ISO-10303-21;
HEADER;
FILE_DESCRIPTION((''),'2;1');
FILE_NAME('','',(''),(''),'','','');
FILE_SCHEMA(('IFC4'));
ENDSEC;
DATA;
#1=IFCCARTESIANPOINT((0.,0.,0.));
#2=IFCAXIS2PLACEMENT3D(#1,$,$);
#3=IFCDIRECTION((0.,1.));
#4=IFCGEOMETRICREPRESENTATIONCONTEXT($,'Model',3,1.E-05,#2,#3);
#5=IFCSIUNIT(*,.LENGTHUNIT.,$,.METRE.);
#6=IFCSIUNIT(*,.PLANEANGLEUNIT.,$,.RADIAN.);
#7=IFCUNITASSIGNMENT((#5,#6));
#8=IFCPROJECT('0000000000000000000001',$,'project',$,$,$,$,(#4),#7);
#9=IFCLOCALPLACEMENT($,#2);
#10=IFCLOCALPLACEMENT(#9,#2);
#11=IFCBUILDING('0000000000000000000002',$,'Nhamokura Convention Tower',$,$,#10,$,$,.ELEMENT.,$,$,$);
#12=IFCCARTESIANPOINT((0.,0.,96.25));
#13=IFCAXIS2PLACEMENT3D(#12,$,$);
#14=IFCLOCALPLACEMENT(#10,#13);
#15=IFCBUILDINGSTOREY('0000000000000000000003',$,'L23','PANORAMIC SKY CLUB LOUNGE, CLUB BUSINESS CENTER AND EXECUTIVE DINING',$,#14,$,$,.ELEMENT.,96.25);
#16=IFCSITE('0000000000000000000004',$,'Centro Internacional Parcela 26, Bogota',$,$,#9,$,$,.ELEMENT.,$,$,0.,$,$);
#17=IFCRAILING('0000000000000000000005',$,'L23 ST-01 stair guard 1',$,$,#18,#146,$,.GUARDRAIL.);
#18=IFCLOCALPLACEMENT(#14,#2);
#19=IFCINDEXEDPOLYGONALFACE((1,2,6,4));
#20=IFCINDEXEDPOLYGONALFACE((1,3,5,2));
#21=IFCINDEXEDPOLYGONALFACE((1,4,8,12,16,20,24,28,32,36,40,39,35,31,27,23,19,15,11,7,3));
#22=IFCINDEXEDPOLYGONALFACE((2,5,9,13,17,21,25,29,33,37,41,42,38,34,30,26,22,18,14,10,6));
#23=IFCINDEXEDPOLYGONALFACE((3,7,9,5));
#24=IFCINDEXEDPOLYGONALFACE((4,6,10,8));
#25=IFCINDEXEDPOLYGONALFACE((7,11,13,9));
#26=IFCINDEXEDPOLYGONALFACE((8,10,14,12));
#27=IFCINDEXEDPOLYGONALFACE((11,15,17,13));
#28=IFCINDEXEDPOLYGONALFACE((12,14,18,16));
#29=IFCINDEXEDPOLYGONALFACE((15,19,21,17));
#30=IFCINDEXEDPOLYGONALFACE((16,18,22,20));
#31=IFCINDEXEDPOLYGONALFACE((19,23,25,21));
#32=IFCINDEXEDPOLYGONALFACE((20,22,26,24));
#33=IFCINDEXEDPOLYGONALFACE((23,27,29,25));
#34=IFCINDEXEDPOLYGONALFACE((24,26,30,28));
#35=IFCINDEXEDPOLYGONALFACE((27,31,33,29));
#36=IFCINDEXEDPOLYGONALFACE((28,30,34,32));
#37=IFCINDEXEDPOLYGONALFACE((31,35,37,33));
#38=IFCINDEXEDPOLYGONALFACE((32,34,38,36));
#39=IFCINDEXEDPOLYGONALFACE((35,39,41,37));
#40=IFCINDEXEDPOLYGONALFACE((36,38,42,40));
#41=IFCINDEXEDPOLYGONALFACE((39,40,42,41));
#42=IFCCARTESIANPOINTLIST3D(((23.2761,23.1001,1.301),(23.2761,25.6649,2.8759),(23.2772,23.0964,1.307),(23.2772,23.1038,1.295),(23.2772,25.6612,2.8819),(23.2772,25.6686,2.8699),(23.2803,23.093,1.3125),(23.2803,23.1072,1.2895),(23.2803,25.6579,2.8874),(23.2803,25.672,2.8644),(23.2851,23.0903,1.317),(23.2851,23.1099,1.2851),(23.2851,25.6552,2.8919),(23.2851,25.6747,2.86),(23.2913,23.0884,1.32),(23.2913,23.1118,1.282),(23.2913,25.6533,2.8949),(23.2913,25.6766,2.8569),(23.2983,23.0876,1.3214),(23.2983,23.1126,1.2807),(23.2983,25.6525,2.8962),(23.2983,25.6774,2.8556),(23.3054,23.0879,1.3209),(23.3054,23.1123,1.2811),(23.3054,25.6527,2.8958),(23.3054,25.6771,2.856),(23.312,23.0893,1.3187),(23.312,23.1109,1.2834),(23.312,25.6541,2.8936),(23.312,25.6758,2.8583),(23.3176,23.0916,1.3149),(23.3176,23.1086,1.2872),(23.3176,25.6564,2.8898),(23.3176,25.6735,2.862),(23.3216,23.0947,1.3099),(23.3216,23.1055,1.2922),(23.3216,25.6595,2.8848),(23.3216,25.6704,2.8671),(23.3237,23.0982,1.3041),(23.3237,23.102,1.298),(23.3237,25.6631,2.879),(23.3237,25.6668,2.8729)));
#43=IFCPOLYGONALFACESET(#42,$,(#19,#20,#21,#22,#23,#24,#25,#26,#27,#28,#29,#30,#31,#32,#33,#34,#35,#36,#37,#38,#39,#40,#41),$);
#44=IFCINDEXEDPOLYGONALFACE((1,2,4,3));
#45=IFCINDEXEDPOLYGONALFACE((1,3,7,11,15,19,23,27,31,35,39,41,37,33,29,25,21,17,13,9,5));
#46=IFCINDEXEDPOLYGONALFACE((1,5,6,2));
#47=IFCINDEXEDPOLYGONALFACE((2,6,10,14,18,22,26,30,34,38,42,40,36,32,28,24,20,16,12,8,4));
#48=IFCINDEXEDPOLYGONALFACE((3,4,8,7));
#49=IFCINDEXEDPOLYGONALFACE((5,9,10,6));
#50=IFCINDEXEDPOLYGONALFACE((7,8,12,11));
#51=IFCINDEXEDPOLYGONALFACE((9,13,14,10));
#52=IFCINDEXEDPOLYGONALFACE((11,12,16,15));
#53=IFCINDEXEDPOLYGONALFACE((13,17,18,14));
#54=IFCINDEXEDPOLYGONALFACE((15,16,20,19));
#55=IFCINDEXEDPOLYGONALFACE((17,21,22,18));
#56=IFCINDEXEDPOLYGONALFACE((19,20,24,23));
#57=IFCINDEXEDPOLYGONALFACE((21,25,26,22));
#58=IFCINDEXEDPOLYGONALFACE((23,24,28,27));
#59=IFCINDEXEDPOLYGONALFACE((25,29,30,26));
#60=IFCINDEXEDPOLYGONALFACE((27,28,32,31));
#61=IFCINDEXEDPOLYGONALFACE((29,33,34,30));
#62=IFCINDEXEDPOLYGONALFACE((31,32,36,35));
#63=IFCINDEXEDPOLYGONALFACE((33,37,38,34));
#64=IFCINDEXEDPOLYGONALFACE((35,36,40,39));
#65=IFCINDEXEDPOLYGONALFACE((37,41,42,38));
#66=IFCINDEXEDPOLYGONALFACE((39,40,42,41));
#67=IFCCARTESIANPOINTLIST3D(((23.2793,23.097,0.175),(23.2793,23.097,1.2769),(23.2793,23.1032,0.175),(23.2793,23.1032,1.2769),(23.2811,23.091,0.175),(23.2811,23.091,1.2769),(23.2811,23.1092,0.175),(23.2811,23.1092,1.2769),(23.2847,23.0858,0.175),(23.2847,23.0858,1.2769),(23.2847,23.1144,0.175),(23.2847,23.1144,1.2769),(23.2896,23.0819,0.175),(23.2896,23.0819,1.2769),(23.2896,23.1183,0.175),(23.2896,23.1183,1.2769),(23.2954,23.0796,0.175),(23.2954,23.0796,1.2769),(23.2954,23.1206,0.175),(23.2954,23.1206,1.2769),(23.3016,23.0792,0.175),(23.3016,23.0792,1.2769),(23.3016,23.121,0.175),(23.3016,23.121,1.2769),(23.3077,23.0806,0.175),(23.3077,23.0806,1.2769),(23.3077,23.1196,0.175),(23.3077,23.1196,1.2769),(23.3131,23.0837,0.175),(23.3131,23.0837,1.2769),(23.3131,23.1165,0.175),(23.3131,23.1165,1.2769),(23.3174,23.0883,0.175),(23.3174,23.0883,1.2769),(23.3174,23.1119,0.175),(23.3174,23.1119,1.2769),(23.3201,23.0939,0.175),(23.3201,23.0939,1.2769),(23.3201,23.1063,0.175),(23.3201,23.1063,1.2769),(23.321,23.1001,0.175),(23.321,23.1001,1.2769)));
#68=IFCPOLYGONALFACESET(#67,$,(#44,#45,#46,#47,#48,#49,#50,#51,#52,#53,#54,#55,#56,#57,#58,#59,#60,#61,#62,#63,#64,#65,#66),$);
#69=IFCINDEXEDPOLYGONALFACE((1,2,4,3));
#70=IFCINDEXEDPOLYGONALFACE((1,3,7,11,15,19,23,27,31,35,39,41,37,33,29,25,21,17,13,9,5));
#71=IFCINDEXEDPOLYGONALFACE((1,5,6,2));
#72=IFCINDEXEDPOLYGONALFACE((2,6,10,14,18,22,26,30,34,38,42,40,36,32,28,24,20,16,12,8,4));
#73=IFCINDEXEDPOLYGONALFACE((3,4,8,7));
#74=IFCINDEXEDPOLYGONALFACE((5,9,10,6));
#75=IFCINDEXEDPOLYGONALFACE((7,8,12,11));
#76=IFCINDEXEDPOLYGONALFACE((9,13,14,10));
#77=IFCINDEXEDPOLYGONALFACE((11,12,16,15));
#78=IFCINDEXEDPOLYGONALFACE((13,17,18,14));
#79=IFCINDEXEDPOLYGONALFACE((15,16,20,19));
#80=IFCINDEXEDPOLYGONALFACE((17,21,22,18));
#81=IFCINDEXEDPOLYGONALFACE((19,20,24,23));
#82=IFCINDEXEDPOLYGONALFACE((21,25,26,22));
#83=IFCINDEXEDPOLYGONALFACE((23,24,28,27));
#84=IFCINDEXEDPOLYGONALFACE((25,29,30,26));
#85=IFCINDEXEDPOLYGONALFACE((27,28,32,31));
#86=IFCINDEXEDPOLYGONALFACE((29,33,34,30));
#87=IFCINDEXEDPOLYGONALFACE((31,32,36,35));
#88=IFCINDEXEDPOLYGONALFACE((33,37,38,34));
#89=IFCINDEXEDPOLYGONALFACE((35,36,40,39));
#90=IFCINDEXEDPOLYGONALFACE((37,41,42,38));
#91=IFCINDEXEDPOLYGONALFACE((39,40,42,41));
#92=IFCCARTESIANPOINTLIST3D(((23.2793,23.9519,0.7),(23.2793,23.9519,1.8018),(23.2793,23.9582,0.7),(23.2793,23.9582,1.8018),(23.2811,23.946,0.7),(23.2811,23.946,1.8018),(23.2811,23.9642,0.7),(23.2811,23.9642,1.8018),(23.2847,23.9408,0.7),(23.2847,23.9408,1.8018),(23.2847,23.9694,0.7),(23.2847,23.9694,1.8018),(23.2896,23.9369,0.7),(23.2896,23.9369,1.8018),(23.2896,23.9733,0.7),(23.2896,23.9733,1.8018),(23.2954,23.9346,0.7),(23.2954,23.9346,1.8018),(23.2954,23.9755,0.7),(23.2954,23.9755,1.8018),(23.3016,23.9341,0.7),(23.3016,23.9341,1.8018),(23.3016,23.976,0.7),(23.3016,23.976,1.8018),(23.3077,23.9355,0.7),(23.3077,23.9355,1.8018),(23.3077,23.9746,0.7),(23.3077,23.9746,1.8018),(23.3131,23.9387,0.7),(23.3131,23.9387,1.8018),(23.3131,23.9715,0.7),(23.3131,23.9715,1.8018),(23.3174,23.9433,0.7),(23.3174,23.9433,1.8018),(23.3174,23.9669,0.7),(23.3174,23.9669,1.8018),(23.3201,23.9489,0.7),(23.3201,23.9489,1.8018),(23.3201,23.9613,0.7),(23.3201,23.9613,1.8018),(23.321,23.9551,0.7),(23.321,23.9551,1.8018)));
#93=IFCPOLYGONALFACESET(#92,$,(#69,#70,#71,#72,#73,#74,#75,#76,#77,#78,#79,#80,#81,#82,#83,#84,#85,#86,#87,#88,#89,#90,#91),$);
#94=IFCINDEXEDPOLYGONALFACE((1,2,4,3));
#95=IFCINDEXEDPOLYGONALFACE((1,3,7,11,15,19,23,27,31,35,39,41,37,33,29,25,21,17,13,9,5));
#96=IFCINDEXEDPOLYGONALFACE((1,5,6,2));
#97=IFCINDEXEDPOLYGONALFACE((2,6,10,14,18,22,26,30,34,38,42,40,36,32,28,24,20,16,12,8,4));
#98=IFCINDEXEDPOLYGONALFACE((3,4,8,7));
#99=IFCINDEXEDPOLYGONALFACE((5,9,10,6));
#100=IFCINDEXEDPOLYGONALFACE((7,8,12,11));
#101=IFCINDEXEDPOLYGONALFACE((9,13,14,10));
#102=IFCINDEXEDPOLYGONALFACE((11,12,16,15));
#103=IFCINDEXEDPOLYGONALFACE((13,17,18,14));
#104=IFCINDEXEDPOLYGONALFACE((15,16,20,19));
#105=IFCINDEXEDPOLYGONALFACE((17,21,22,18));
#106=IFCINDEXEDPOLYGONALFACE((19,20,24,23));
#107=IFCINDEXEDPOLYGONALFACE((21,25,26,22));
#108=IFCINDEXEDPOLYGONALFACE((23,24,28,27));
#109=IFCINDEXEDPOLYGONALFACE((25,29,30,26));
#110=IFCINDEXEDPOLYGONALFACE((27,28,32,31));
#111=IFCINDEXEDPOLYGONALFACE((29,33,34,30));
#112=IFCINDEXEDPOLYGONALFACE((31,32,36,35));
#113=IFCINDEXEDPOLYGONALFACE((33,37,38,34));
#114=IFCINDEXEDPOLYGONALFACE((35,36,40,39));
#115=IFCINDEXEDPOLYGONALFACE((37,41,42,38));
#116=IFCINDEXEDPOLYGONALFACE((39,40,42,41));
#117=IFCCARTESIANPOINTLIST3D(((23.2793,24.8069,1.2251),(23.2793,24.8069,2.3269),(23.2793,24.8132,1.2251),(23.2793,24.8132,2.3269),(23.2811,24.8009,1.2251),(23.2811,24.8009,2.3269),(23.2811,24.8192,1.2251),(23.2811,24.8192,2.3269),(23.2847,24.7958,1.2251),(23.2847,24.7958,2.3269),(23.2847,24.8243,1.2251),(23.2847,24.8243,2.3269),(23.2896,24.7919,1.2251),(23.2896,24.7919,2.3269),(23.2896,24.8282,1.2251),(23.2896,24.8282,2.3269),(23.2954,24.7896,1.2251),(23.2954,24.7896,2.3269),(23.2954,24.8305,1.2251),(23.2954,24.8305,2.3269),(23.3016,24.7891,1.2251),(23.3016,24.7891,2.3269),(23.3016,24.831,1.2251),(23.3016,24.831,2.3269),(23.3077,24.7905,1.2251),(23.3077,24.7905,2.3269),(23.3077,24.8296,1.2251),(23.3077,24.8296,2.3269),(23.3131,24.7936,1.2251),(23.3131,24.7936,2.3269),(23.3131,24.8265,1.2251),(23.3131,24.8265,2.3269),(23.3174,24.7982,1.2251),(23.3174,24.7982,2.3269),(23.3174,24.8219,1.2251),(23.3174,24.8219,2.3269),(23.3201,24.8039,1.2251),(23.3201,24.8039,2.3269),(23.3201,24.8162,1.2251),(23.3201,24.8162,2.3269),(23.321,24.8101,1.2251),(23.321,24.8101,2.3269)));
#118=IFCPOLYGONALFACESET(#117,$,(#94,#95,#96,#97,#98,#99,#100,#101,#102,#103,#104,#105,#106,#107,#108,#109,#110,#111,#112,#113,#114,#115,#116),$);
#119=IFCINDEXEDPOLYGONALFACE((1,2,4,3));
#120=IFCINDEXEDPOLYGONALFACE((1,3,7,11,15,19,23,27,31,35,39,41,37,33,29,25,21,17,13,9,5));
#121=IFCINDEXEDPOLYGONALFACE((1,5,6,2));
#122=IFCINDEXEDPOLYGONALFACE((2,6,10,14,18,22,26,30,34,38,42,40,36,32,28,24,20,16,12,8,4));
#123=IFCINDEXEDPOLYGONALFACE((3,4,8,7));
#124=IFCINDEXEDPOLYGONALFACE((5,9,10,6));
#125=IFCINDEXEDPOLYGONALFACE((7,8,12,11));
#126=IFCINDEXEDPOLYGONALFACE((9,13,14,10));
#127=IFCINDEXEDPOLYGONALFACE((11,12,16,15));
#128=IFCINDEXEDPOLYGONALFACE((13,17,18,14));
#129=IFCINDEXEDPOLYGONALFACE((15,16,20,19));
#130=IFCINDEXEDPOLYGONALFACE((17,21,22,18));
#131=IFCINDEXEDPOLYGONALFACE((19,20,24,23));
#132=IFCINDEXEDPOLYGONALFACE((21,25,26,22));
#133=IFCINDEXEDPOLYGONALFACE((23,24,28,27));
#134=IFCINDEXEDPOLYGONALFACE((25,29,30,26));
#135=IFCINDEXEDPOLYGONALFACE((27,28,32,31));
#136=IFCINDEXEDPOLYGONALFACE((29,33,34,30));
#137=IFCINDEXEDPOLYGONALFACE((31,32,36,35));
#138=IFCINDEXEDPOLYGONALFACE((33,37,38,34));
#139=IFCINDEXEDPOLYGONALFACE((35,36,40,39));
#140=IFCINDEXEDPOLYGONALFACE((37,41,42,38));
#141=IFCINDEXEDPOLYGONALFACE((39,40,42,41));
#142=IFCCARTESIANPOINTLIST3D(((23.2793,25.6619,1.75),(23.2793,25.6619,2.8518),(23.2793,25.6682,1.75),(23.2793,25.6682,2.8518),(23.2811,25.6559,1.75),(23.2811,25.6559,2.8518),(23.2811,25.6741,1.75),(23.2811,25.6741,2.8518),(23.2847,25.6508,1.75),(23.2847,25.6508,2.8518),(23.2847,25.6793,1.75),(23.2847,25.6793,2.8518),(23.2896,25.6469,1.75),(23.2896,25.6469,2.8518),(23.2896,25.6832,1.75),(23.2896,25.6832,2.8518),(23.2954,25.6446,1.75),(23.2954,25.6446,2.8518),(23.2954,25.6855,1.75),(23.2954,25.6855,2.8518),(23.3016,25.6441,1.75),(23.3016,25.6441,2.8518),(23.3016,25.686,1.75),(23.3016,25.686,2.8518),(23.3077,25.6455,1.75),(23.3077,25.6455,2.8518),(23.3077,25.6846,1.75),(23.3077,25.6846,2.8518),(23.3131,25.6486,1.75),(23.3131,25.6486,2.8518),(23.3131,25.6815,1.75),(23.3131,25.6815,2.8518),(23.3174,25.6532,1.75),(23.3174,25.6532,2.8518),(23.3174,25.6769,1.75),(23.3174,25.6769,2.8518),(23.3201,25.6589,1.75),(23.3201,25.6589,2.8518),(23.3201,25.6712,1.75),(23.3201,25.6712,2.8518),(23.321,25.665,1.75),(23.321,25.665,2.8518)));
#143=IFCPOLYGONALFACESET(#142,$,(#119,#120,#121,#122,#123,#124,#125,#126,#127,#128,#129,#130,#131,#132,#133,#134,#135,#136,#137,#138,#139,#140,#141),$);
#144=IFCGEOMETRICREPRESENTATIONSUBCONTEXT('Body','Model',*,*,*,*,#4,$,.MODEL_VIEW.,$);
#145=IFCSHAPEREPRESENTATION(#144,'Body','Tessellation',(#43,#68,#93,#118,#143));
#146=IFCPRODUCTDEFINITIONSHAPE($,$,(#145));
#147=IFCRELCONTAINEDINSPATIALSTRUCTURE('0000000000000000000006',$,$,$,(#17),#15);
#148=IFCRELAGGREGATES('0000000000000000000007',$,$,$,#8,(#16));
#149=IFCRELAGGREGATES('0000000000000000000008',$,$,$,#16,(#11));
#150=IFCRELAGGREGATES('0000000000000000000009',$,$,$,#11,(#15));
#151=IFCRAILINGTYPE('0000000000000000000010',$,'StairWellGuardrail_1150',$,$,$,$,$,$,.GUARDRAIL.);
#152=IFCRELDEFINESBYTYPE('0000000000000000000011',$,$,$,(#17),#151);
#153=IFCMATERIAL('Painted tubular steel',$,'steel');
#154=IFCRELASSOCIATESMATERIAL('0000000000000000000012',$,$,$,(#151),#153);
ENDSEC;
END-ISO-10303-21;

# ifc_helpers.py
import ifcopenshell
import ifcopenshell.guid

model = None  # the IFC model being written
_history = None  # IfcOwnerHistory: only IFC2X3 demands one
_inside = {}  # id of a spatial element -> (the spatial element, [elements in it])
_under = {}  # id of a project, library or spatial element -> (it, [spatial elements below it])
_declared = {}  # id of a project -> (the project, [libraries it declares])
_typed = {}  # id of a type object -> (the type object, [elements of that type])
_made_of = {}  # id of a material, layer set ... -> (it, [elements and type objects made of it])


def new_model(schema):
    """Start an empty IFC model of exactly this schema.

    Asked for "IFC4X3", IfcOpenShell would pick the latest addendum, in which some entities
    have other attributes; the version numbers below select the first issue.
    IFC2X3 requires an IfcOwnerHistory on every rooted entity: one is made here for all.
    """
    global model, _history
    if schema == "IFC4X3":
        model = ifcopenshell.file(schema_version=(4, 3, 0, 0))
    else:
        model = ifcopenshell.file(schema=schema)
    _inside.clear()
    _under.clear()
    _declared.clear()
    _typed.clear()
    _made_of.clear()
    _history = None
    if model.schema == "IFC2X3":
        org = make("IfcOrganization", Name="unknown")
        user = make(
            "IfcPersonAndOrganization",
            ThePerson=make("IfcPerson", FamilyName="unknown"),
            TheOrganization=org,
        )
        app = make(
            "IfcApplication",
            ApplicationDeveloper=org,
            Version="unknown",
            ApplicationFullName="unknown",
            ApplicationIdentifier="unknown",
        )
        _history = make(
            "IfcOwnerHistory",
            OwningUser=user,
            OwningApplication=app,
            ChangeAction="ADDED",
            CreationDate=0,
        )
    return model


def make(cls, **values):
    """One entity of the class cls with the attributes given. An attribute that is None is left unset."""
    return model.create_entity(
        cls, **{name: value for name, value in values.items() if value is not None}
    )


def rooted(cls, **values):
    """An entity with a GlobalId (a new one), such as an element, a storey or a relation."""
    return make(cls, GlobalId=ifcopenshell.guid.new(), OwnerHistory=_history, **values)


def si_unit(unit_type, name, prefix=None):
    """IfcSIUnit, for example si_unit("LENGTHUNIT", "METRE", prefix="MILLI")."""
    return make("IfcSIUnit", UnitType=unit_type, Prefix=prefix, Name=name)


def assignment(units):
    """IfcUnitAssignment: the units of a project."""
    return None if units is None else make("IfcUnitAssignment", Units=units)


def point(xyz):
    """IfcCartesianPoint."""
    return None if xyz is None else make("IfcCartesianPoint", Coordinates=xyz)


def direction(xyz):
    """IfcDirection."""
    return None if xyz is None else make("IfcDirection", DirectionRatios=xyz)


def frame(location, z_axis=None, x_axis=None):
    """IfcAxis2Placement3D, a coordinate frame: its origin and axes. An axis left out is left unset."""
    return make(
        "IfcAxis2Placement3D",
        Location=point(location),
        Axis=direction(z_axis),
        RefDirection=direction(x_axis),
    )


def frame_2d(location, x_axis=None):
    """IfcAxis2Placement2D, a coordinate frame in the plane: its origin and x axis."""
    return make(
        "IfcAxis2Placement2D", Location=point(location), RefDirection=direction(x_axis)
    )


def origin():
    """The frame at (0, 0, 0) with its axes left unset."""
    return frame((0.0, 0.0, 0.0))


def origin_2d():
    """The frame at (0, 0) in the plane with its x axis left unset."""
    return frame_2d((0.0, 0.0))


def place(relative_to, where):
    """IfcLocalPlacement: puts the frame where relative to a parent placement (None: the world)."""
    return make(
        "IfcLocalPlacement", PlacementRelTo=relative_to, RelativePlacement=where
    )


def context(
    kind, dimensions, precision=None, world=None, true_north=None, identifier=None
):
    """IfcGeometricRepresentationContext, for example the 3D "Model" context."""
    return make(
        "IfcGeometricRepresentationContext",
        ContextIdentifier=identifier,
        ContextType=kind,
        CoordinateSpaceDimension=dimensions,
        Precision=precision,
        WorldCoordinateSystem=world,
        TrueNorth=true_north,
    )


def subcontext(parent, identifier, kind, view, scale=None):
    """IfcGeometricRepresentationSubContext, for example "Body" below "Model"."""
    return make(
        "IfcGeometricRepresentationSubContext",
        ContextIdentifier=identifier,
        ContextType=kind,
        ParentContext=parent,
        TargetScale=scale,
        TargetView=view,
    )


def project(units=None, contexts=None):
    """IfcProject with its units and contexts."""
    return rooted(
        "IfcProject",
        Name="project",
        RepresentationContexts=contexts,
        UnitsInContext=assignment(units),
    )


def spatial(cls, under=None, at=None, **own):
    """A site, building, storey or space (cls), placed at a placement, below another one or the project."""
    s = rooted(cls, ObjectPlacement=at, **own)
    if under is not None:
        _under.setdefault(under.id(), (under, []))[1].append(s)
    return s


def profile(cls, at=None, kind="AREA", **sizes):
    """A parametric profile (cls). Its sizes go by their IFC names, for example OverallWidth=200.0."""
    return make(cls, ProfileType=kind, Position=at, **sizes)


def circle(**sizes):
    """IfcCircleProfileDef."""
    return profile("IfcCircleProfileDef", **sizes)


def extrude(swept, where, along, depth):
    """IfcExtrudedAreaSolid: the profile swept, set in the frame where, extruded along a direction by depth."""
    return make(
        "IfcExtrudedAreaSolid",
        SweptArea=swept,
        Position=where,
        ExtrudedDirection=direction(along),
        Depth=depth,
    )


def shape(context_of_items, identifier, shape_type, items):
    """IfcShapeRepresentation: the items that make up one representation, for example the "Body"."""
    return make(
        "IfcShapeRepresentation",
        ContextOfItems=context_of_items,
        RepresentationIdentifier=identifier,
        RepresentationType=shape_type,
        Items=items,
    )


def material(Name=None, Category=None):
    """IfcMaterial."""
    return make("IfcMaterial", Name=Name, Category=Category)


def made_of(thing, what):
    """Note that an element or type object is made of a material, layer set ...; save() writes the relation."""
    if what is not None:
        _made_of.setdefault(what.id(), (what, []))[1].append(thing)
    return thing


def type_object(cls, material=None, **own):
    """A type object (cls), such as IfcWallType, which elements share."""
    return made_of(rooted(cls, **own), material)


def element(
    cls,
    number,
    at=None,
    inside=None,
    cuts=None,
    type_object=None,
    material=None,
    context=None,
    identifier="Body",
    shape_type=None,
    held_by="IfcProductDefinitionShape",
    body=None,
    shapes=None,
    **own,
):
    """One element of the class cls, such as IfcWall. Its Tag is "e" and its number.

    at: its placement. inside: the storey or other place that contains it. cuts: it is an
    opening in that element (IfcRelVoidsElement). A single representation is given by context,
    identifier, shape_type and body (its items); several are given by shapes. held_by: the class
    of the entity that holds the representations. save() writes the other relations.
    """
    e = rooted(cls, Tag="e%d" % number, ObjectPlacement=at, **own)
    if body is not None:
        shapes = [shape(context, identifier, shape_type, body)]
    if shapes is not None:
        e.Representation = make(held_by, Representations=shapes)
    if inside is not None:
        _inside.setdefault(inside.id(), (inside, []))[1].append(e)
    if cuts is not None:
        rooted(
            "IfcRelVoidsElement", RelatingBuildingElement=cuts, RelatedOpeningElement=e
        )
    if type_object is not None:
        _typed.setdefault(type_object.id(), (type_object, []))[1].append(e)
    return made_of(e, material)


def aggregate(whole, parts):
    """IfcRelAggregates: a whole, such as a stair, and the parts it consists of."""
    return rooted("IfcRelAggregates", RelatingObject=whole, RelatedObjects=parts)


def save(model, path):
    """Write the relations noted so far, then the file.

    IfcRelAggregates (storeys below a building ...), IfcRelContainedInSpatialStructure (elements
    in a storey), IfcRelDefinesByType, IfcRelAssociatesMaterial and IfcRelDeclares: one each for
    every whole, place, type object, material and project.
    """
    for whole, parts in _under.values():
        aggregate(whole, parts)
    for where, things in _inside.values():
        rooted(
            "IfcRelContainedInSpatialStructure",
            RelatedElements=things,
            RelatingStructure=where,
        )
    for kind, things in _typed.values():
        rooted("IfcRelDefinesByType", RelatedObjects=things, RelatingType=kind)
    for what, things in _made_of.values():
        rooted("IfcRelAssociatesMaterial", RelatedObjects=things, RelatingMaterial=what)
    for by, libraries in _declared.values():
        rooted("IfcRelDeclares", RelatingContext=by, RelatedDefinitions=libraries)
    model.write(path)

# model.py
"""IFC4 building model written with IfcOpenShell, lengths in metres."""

from ifc_helpers import new_model, si_unit, direction, frame, origin, origin_2d, place, context, subcontext, project, spatial, circle, extrude, material, type_object, element, save


model = new_model("IFC4")

# Units and contexts
model_context = context("Model", 3, precision=1e-05, world=origin(), true_north=direction((0.0, 1.0)))
body_context = subcontext(model_context, "Body", "Model", "MODEL_VIEW")
ifc_project = project(units=[si_unit("LENGTHUNIT", "METRE"), si_unit("PLANEANGLEUNIT", "RADIAN")], contexts=[model_context])

# Site, building, storey
site_placement = place(None, origin())
site = spatial("IfcSite", under=ifc_project, at=site_placement, Name="Centro Internacional Parcela 26, Bogota", CompositionType="ELEMENT", RefElevation=0.0)
building_placement = place(site_placement, origin())
building = spatial("IfcBuilding", under=site, at=building_placement, Name="Nhamokura Convention Tower", CompositionType="ELEMENT")
storey_placement = place(building_placement, frame((0.0, 0.0, 96.25)))
storey = spatial("IfcBuildingStorey", under=building, at=storey_placement, Name="L23", Description="PANORAMIC SKY CLUB LOUNGE, CLUB BUSINESS CENTER AND EXECUTIVE DINING", CompositionType="ELEMENT", Elevation=96.25)

# Railing
ifc_material_1 = material(Name="Painted tubular steel", Category="steel")
railing_type_1 = type_object("IfcRailingType", Name="StairWellGuardrail_1150", PredefinedType="GUARDRAIL", material=ifc_material_1)
railing_1_placement = place(storey_placement, frame((23.3, 23.1001, 0.175)))
element("IfcRailing", 1, at=railing_1_placement, inside=storey, type_object=railing_type_1, Name="L23 ST-01 stair guard 1", PredefinedType="GUARDRAIL", context=body_context, shape_type="SweptSolid", body=[
    extrude(circle(Radius=0.0239, at=origin_2d()), frame((0.0, 0.0, 1.126), z_axis=(0.0, 0.852173, 0.52326), x_axis=(-1.0, 0.0, 0.0)), (0.0, 0.0, 1.0), 3.0098),
    extrude(circle(Radius=0.021, at=origin_2d()), origin(), (0.0, 0.0, 1.0), 1.1018),
    extrude(circle(Radius=0.021, at=origin_2d()), frame((0.0, 0.855, 0.5249)), (0.0, 0.0, 1.0), 1.1018),
    extrude(circle(Radius=0.021, at=origin_2d()), frame((0.0, 1.71, 1.05)), (0.0, 0.0, 1.0), 1.1018),
    extrude(circle(Radius=0.021, at=origin_2d()), frame((0.0, 2.5649, 1.575)), (0.0, 0.0, 1.0), 1.1018),
])

save(model, "model.ifc")
